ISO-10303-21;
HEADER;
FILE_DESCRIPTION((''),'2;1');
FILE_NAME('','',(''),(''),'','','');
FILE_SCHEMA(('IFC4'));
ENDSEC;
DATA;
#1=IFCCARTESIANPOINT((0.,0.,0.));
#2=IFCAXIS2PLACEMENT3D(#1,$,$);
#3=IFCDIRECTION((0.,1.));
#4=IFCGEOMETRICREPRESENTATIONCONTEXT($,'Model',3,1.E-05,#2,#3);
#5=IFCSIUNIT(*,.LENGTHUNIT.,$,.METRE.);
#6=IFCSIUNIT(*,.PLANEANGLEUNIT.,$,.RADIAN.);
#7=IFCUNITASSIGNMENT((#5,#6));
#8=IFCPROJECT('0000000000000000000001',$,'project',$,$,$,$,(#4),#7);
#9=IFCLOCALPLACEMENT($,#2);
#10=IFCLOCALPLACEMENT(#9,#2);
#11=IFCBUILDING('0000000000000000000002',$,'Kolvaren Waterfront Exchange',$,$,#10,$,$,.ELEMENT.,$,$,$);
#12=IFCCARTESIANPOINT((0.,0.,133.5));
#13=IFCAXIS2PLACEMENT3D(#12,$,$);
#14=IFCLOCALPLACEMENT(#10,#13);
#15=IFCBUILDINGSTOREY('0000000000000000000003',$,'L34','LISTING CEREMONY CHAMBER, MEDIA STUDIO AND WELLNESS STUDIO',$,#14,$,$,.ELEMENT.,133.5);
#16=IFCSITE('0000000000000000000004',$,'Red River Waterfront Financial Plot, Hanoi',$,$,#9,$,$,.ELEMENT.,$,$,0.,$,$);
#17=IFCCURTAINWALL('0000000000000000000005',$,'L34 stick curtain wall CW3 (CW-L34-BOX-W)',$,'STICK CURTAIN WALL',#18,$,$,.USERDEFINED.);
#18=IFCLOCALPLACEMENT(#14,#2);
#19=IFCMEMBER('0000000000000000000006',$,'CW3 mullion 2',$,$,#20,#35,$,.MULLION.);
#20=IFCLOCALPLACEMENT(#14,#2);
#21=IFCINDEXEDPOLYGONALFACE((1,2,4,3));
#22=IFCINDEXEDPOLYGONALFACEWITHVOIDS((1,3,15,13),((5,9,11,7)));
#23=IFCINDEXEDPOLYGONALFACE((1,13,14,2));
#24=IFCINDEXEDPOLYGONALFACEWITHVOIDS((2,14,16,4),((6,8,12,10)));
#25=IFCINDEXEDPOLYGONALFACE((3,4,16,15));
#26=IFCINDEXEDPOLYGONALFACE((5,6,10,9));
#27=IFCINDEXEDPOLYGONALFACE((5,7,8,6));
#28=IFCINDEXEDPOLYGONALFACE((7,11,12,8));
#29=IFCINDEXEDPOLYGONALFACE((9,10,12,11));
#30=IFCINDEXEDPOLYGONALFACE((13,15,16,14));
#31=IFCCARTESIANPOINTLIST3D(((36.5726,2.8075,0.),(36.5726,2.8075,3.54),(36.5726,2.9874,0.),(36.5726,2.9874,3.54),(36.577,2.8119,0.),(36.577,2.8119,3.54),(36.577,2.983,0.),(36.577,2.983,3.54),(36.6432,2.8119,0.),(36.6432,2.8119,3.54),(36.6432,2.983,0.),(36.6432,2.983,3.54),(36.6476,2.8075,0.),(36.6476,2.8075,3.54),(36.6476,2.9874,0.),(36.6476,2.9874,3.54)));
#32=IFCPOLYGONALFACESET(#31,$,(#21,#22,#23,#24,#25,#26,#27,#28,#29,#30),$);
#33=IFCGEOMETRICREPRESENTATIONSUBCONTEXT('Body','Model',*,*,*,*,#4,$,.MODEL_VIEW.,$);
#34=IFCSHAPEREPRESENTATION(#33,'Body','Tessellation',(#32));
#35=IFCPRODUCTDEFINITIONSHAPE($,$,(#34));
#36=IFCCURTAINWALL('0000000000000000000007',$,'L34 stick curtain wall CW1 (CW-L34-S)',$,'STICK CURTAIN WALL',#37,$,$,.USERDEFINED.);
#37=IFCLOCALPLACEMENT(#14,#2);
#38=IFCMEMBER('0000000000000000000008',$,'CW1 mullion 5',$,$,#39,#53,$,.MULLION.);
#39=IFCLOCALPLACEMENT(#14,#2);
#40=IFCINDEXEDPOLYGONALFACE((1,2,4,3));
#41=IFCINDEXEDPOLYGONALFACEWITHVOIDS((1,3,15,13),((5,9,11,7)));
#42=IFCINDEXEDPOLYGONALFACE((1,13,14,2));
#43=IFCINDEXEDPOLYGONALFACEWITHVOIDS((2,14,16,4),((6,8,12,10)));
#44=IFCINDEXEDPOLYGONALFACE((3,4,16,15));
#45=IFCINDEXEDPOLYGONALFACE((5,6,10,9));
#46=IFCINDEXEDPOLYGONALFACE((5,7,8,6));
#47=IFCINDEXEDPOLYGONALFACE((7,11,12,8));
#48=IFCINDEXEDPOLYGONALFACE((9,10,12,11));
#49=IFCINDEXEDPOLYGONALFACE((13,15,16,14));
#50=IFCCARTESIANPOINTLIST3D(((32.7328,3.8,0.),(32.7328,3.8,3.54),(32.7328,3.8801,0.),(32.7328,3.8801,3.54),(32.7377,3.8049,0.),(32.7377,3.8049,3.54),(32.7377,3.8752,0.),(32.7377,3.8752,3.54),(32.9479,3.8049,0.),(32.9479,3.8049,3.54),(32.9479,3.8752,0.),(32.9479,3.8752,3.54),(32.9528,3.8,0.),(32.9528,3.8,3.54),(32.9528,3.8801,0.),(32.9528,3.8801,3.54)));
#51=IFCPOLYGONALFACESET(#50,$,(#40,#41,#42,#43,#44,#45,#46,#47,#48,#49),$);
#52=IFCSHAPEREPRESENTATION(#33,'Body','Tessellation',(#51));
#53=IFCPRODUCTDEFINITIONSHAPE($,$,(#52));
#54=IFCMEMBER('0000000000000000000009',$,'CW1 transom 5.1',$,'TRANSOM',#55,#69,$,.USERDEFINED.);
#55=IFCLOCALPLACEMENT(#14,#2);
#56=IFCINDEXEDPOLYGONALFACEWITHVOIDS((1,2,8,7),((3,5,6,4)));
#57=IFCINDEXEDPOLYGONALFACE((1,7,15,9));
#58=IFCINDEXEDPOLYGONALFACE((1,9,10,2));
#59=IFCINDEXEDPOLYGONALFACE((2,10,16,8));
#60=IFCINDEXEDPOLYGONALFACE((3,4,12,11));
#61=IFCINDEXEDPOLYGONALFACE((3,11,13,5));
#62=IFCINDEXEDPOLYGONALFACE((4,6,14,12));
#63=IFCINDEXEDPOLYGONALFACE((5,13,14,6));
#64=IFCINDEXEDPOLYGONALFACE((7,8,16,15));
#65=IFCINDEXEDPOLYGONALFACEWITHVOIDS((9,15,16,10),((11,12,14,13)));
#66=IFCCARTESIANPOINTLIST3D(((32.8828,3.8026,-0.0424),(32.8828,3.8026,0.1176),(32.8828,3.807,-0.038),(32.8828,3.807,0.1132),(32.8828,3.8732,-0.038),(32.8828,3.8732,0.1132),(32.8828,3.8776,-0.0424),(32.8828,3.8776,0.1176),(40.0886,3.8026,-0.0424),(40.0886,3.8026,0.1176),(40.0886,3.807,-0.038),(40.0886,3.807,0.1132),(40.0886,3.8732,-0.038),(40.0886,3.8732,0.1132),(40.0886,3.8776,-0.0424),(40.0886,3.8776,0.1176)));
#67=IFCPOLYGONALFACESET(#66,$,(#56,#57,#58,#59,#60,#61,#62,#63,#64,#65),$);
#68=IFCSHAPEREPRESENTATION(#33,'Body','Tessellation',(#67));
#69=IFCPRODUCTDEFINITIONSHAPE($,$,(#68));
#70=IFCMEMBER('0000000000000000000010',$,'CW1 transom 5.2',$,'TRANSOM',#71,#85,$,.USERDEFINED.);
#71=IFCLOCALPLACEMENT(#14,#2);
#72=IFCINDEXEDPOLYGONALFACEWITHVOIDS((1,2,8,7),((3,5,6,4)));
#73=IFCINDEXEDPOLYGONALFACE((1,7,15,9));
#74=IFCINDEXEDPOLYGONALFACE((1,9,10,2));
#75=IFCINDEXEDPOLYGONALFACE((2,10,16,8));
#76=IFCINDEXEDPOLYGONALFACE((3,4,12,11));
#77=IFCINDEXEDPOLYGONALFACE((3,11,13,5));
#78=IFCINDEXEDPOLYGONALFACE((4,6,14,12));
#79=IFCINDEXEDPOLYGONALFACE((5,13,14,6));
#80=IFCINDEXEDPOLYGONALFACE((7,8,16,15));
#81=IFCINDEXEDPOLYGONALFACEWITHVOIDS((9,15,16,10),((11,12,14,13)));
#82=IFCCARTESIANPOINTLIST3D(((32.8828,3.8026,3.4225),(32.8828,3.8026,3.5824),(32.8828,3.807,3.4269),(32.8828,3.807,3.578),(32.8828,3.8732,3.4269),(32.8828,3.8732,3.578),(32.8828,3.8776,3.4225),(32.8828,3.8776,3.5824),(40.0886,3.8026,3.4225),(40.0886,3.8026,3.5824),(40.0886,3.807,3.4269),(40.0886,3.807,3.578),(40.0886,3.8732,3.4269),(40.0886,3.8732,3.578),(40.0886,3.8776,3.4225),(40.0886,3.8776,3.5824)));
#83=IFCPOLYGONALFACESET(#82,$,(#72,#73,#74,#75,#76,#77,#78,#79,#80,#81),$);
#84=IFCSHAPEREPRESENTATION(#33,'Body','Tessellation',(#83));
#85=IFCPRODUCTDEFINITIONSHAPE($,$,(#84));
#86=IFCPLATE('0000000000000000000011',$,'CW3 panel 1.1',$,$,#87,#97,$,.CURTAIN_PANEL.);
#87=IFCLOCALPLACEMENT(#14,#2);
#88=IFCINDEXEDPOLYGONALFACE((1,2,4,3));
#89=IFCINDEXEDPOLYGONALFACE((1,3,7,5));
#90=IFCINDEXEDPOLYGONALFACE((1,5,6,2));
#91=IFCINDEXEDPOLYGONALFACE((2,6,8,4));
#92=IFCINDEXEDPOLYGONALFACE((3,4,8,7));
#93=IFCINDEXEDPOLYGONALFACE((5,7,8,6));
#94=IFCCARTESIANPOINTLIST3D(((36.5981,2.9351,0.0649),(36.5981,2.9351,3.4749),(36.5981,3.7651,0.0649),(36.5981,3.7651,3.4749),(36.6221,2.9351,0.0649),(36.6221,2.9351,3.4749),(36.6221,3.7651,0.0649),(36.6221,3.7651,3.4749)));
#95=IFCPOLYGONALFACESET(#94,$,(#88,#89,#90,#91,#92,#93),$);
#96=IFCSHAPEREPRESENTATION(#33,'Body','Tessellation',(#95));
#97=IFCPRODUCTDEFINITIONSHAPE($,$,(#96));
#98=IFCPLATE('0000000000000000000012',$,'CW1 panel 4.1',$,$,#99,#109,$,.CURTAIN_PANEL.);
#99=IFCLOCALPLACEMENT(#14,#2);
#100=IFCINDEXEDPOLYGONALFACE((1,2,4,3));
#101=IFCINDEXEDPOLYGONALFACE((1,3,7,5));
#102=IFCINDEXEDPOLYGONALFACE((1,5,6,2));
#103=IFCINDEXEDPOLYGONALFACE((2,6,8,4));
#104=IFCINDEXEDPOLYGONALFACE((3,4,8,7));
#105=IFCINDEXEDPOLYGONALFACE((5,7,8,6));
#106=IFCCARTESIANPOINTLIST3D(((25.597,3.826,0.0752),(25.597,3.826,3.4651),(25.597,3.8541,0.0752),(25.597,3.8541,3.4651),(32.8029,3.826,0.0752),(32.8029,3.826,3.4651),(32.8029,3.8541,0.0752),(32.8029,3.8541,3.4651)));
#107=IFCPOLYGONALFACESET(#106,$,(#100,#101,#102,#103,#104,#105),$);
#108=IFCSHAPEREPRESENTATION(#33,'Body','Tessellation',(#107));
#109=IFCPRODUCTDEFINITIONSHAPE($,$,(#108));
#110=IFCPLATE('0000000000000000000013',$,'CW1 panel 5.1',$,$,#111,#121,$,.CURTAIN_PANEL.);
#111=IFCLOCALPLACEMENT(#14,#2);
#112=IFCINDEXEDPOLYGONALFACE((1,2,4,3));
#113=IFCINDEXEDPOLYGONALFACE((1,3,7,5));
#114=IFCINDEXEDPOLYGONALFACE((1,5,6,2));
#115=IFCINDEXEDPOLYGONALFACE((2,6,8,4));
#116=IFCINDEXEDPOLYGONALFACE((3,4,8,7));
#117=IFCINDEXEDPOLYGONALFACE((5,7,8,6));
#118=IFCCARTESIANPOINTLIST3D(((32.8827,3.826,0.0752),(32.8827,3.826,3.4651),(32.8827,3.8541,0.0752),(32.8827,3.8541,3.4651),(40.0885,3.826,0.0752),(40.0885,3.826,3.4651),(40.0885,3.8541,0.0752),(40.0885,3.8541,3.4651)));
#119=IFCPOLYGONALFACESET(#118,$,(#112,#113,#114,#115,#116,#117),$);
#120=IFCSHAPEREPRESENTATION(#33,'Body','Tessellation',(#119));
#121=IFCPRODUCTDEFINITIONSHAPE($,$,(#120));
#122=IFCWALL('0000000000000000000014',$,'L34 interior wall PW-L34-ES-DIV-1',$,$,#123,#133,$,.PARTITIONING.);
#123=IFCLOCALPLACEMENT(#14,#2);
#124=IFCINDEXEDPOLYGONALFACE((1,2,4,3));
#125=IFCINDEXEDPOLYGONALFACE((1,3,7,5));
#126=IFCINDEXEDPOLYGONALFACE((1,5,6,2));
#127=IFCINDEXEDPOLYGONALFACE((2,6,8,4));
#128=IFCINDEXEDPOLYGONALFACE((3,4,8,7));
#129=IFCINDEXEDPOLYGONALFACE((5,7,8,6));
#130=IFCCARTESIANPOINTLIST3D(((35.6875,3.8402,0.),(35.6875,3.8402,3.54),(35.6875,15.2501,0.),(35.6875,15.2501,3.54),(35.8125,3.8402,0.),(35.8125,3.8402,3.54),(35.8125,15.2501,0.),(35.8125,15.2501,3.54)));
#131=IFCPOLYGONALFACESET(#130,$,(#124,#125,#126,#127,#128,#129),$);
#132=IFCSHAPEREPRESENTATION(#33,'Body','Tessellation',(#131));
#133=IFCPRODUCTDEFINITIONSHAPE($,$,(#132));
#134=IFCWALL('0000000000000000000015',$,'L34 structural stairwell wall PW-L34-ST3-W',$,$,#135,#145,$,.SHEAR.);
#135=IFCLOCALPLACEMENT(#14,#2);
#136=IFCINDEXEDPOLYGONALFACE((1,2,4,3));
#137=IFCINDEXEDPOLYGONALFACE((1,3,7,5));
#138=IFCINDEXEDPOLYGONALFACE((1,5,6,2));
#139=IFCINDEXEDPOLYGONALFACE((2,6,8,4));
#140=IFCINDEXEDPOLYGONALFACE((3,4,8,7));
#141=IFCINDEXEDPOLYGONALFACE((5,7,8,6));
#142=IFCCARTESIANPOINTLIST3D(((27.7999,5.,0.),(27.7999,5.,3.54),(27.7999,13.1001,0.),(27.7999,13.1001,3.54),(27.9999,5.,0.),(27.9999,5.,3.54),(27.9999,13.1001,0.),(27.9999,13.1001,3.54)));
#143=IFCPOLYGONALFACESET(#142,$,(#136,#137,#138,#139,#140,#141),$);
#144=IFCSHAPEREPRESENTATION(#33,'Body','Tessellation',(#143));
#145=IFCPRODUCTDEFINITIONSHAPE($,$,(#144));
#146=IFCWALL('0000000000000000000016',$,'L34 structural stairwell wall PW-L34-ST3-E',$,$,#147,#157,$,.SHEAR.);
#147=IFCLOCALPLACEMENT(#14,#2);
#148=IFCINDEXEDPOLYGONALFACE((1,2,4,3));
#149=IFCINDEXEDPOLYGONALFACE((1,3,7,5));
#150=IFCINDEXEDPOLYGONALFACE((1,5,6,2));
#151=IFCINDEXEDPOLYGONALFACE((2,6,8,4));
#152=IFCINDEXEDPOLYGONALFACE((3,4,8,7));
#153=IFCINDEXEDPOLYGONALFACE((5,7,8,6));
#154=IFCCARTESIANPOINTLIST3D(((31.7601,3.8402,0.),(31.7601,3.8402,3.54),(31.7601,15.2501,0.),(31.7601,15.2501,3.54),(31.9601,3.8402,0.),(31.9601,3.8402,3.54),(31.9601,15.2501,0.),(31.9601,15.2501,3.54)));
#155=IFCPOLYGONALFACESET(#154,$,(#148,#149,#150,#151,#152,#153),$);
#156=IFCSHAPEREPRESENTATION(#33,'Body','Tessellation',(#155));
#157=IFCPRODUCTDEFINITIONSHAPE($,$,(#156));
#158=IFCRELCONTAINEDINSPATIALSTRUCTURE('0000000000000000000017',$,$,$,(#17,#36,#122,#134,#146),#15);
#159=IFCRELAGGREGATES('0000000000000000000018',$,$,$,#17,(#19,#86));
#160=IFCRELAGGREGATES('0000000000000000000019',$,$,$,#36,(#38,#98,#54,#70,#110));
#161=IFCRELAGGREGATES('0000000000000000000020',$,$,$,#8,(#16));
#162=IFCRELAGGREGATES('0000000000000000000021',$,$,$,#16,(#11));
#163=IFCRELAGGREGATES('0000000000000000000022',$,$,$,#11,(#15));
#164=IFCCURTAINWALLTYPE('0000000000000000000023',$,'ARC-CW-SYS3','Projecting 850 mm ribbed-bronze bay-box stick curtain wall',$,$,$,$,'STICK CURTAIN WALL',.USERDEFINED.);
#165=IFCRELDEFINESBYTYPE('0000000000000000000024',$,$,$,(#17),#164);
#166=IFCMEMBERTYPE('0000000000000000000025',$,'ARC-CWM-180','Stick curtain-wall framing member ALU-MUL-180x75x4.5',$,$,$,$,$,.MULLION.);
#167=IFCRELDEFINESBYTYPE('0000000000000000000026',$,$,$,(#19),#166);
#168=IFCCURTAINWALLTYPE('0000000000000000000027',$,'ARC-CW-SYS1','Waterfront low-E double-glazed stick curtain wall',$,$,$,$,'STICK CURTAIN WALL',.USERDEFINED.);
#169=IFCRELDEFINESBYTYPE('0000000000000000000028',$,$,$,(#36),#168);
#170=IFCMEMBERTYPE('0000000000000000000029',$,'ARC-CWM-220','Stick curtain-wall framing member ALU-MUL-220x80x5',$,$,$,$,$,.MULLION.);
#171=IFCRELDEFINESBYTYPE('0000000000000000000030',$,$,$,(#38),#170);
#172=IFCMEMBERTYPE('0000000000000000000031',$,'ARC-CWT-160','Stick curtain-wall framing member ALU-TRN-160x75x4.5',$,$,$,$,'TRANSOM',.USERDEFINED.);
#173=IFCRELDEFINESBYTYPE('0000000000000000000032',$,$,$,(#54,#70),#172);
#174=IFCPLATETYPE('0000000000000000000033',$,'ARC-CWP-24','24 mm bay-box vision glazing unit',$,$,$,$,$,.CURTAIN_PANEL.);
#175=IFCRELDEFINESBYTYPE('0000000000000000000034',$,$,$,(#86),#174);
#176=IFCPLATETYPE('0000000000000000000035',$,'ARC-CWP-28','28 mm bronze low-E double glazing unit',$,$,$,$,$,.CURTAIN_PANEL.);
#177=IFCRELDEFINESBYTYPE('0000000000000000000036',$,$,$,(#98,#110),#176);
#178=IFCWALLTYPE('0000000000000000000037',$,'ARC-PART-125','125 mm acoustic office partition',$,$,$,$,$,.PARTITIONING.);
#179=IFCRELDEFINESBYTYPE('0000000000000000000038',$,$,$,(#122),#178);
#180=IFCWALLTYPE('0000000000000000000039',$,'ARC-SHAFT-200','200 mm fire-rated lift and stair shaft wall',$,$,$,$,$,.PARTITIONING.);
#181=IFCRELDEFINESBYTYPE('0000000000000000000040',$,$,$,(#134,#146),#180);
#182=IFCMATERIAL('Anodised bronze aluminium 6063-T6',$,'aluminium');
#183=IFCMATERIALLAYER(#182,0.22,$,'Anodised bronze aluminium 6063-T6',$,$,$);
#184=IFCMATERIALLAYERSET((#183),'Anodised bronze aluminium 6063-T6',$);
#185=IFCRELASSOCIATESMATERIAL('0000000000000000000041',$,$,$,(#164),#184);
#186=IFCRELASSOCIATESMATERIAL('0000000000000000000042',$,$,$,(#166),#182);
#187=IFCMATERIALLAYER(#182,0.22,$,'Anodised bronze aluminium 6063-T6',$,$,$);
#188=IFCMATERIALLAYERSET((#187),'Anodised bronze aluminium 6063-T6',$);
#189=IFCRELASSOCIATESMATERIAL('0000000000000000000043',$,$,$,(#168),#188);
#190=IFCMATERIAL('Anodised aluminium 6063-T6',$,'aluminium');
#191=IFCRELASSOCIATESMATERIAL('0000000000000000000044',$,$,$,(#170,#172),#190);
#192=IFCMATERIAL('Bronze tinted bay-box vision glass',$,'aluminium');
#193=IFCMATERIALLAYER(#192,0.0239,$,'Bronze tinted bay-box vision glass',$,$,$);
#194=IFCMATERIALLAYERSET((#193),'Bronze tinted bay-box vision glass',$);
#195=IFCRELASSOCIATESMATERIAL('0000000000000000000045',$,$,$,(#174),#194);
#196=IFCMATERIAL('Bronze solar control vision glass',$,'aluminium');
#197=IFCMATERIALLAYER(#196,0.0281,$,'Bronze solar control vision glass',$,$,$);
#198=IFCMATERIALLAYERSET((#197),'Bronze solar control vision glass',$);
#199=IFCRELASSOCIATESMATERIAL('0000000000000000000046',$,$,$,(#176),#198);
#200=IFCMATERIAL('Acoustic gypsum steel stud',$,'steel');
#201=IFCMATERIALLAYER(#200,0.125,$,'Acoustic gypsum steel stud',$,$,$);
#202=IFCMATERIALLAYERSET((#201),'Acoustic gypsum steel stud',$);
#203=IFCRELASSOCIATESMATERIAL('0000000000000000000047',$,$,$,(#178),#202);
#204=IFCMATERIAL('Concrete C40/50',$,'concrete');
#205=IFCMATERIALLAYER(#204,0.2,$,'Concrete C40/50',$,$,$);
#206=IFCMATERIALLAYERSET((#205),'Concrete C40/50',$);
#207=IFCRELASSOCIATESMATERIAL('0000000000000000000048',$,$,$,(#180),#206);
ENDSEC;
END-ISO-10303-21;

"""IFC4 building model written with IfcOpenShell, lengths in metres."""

from ifc_helpers import new_model, si_unit, direction, frame, frame_2d, origin, origin_with_axes, origin_2d, place, context, subcontext, project, spatial, rectangle, hollow_rectangle, extrude, source, transform, mapped, material, layer, layer_set, material_profile, profile_set, type_object, element, aggregate, save


model = new_model("IFC4")

# Units and contexts
model_context = context("Model", 3, precision=1e-05, world=origin(), true_north=direction((0.0, 1.0)))
body_context = subcontext(model_context, "Body", "Model", "MODEL_VIEW")
ifc_project = project(units=[si_unit("LENGTHUNIT", "METRE"), si_unit("PLANEANGLEUNIT", "RADIAN")], contexts=[model_context])

# Site, building, storey
site_placement = place(None, origin())
site = spatial("IfcSite", under=ifc_project, at=site_placement, Name="Red River Waterfront Financial Plot, Hanoi", CompositionType="ELEMENT", RefElevation=0.0)
building_placement = place(site_placement, origin())
building = spatial("IfcBuilding", under=site, at=building_placement, Name="Kolvaren Waterfront Exchange", CompositionType="ELEMENT")
storey_placement = place(building_placement, frame((0.0, 0.0, 133.5)))
storey = spatial("IfcBuildingStorey", under=building, at=storey_placement, Name="L34", Description="LISTING CEREMONY CHAMBER, MEDIA STUDIO AND WELLNESS STUDIO", CompositionType="ELEMENT", Elevation=133.5)

# Curtain wall, member
ifc_material_1 = material(Name="Anodised bronze aluminium 6063-T6", Category="aluminium")
ifc_layer_1 = layer(ifc_material_1, 0.22, Name="Anodised bronze aluminium 6063-T6")
ifc_layer_set_1 = layer_set([ifc_layer_1], Name="Anodised bronze aluminium 6063-T6")
curtain_wall_type_1 = type_object("IfcCurtainWallType", Name="ARC-CW-SYS3", Description="Projecting 850 mm ribbed-bronze bay-box stick curtain wall", ElementType="STICK CURTAIN WALL", PredefinedType="USERDEFINED", material=ifc_layer_set_1)
curtain_wall_1_placement = place(storey_placement, origin())
curtain_wall_1 = element("IfcCurtainWall", 1, at=curtain_wall_1_placement, inside=storey, type_object=curtain_wall_type_1, Name="L34 stick curtain wall CW3 (CW-L34-BOX-W)", ObjectType="STICK CURTAIN WALL", PredefinedType="USERDEFINED")
ifc_material_profile_1 = material_profile(ifc_material_1, hollow_rectangle(XDim=0.075, YDim=0.1799, WallThickness=0.0044, at=origin_2d()), Name="ALU-MUL-180x75x4.5")
ifc_profile_set_1 = profile_set([ifc_material_profile_1], Name="Anodised bronze aluminium 6063-T6")
member_type_1 = type_object("IfcMemberType", Name="ARC-CWM-180", Description="Stick curtain-wall framing member ALU-MUL-180x75x4.5", PredefinedType="MULLION", material=ifc_profile_set_1)
shared_shape_1 = source(origin_with_axes(), body_context, "Body", "SweptSolid", [
    extrude(hollow_rectangle(XDim=0.075, YDim=0.1799, WallThickness=0.0044, at=origin_2d()), origin(), (0.0, 0.0, 1.0), 3.54),
])
member_1_placement = place(storey_placement, frame((36.6101, 2.8975, 0.0), z_axis=(0.0, 0.0, 1.0), x_axis=(1.0, 0.0, 0.0)))
member_1 = element("IfcMember", 2, at=member_1_placement, type_object=member_type_1, Name="CW3 mullion 2", PredefinedType="MULLION", context=body_context, shape_type="MappedRepresentation", body=[
    mapped(shared_shape_1, transform((0.0, 0.0, 0.0), x_axis=(1.0, 0.0, 0.0), y_axis=(0.0, 1.0, 0.0), z_axis=(0.0, 0.0, 1.0), scale=1.0)),
])

# Curtain wall, members
ifc_layer_2 = layer(ifc_material_1, 0.22, Name="Anodised bronze aluminium 6063-T6")
ifc_layer_set_2 = layer_set([ifc_layer_2], Name="Anodised bronze aluminium 6063-T6")
curtain_wall_type_2 = type_object("IfcCurtainWallType", Name="ARC-CW-SYS1", Description="Waterfront low-E double-glazed stick curtain wall", ElementType="STICK CURTAIN WALL", PredefinedType="USERDEFINED", material=ifc_layer_set_2)
curtain_wall_2_placement = place(storey_placement, origin())
curtain_wall_2 = element("IfcCurtainWall", 3, at=curtain_wall_2_placement, inside=storey, type_object=curtain_wall_type_2, Name="L34 stick curtain wall CW1 (CW-L34-S)", ObjectType="STICK CURTAIN WALL", PredefinedType="USERDEFINED")
ifc_material_2 = material(Name="Anodised aluminium 6063-T6", Category="aluminium")
ifc_material_profile_2 = material_profile(ifc_material_2, hollow_rectangle(XDim=0.0801, YDim=0.22, WallThickness=0.0049, at=origin_2d()), Name="ALU-MUL-220x80x5")
ifc_profile_set_2 = profile_set([ifc_material_profile_2], Name="Anodised aluminium 6063-T6")
member_type_2 = type_object("IfcMemberType", Name="ARC-CWM-220", Description="Stick curtain-wall framing member ALU-MUL-220x80x5", PredefinedType="MULLION", material=ifc_profile_set_2)
shared_shape_2 = source(origin_with_axes(), body_context, "Body", "SweptSolid", [
    extrude(hollow_rectangle(XDim=0.0801, YDim=0.22, WallThickness=0.0049, at=origin_2d()), origin(), (0.0, 0.0, 1.0), 3.54),
])
member_2_placement = place(storey_placement, frame((32.8428, 3.8401, 0.0), z_axis=(0.0, 0.0, 1.0), x_axis=(0.0, 1.0, 0.0)))
member_2 = element("IfcMember", 4, at=member_2_placement, type_object=member_type_2, Name="CW1 mullion 5", PredefinedType="MULLION", context=body_context, shape_type="MappedRepresentation", body=[
    mapped(shared_shape_2, transform((0.0, 0.0, 0.0), x_axis=(1.0, 0.0, 0.0), y_axis=(0.0, 1.0, 0.0), z_axis=(0.0, 0.0, 1.0), scale=1.0)),
])
ifc_material_profile_3 = material_profile(ifc_material_2, hollow_rectangle(XDim=0.075, YDim=0.1599, WallThickness=0.0044, at=origin_2d()), Name="ALU-TRN-160x75x4.5")
ifc_profile_set_3 = profile_set([ifc_material_profile_3], Name="Anodised aluminium 6063-T6")
member_type_3 = type_object("IfcMemberType", Name="ARC-CWT-160", Description="Stick curtain-wall framing member ALU-TRN-160x75x4.5", ElementType="TRANSOM", PredefinedType="USERDEFINED", material=ifc_profile_set_3)
shared_shape_3 = source(origin_with_axes(), body_context, "Body", "SweptSolid", [
    extrude(hollow_rectangle(XDim=0.075, YDim=0.1599, WallThickness=0.0044, at=origin_2d()), origin(), (0.0, 0.0, 1.0), 7.2058),
])
member_3_placement = place(storey_placement, frame((32.8828, 3.8401, 0.0376), z_axis=(1.0, 0.0, 0.0), x_axis=(0.0, 1.0, 0.0)))
member_3 = element("IfcMember", 5, at=member_3_placement, type_object=member_type_3, Name="CW1 transom 5.1", ObjectType="TRANSOM", PredefinedType="USERDEFINED", context=body_context, shape_type="MappedRepresentation", body=[
    mapped(shared_shape_3, transform((0.0, 0.0, 0.0), x_axis=(1.0, 0.0, 0.0), y_axis=(0.0, 1.0, 0.0), z_axis=(0.0, 0.0, 1.0), scale=1.0)),
])
member_4_placement = place(storey_placement, frame((32.8828, 3.8401, 3.5024), z_axis=(1.0, 0.0, 0.0), x_axis=(0.0, 1.0, 0.0)))
member_4 = element("IfcMember", 6, at=member_4_placement, type_object=member_type_3, Name="CW1 transom 5.2", ObjectType="TRANSOM", PredefinedType="USERDEFINED", context=body_context, shape_type="MappedRepresentation", body=[
    mapped(shared_shape_3, transform((0.0, 0.0, 0.0), x_axis=(1.0, 0.0, 0.0), y_axis=(0.0, 1.0, 0.0), z_axis=(0.0, 0.0, 1.0), scale=1.0)),
])

# Plates
ifc_material_3 = material(Name="Bronze tinted bay-box vision glass", Category="aluminium")
ifc_layer_3 = layer(ifc_material_3, 0.0239, Name="Bronze tinted bay-box vision glass")
ifc_layer_set_3 = layer_set([ifc_layer_3], Name="Bronze tinted bay-box vision glass")
plate_type_1 = type_object("IfcPlateType", Name="ARC-CWP-24", Description="24 mm bay-box vision glazing unit", PredefinedType="CURTAIN_PANEL", material=ifc_layer_set_3)
shared_shape_4 = source(origin_with_axes(), body_context, "Body", "SweptSolid", [
    extrude(rectangle(XDim=0.8301, YDim=0.0239, at=origin_2d()), origin(), (0.0, 0.0, 1.0), 3.4099),
])
plate_1_placement = place(storey_placement, frame((36.6101, 3.3501, 0.0649), z_axis=(0.0, 0.0, 1.0), x_axis=(0.0, -1.0, 0.0)))
plate_1 = element("IfcPlate", 7, at=plate_1_placement, type_object=plate_type_1, Name="CW3 panel 1.1", PredefinedType="CURTAIN_PANEL", context=body_context, shape_type="MappedRepresentation", body=[
    mapped(shared_shape_4, transform((0.0, 0.0, 0.0), x_axis=(1.0, 0.0, 0.0), y_axis=(0.0, 1.0, 0.0), z_axis=(0.0, 0.0, 1.0), scale=1.0)),
])
aggregate(curtain_wall_1, [member_1, plate_1])
ifc_material_4 = material(Name="Bronze solar control vision glass", Category="aluminium")
ifc_layer_4 = layer(ifc_material_4, 0.0281, Name="Bronze solar control vision glass")
ifc_layer_set_4 = layer_set([ifc_layer_4], Name="Bronze solar control vision glass")
plate_type_2 = type_object("IfcPlateType", Name="ARC-CWP-28", Description="28 mm bronze low-E double glazing unit", PredefinedType="CURTAIN_PANEL", material=ifc_layer_set_4)
shared_shape_5 = source(origin_with_axes(), body_context, "Body", "SweptSolid", [
    extrude(rectangle(XDim=7.2058, YDim=0.0281, at=origin_2d()), origin(), (0.0, 0.0, 1.0), 3.3899),
])
plate_2_placement = place(storey_placement, frame((29.2, 3.8401, 0.0752), z_axis=(0.0, 0.0, 1.0), x_axis=(1.0, 0.0, 0.0)))
plate_2 = element("IfcPlate", 8, at=plate_2_placement, type_object=plate_type_2, Name="CW1 panel 4.1", PredefinedType="CURTAIN_PANEL", context=body_context, shape_type="MappedRepresentation", body=[
    mapped(shared_shape_5, transform((0.0, 0.0, 0.0), x_axis=(1.0, 0.0, 0.0), y_axis=(0.0, 1.0, 0.0), z_axis=(0.0, 0.0, 1.0), scale=1.0)),
])
plate_3_placement = place(storey_placement, frame((36.4856, 3.8401, 0.0752), z_axis=(0.0, 0.0, 1.0), x_axis=(1.0, 0.0, 0.0)))
plate_3 = element("IfcPlate", 9, at=plate_3_placement, type_object=plate_type_2, Name="CW1 panel 5.1", PredefinedType="CURTAIN_PANEL", context=body_context, shape_type="MappedRepresentation", body=[
    mapped(shared_shape_5, transform((0.0, 0.0, 0.0), x_axis=(1.0, 0.0, 0.0), y_axis=(0.0, 1.0, 0.0), z_axis=(0.0, 0.0, 1.0), scale=1.0)),
])
aggregate(curtain_wall_2, [member_2, plate_2, member_3, member_4, plate_3])

# Walls
ifc_material_5 = material(Name="Acoustic gypsum steel stud", Category="steel")
ifc_layer_5 = layer(ifc_material_5, 0.125, Name="Acoustic gypsum steel stud")
ifc_layer_set_5 = layer_set([ifc_layer_5], Name="Acoustic gypsum steel stud")
wall_type_1 = type_object("IfcWallType", Name="ARC-PART-125", Description="125 mm acoustic office partition", PredefinedType="PARTITIONING", material=ifc_layer_set_5)
wall_1_placement = place(storey_placement, frame((35.75, 3.8401, 0.0), z_axis=(0.0, 0.0, 1.0), x_axis=(0.0, 1.0, 0.0)))
element("IfcWall", 10, at=wall_1_placement, inside=storey, type_object=wall_type_1, Name="L34 interior wall PW-L34-ES-DIV-1", PredefinedType="PARTITIONING", context=body_context, shape_type="SweptSolid", body=[
    extrude(rectangle(XDim=11.4099, YDim=0.125, at=frame_2d((5.7051, 0.0))), origin(), (0.0, 0.0, 1.0), 3.54),
])
ifc_material_6 = material(Name="Concrete C40/50", Category="concrete")
ifc_layer_6 = layer(ifc_material_6, 0.2, Name="Concrete C40/50")
ifc_layer_set_6 = layer_set([ifc_layer_6], Name="Concrete C40/50")
wall_type_2 = type_object("IfcWallType", Name="ARC-SHAFT-200", Description="200 mm fire-rated lift and stair shaft wall", PredefinedType="PARTITIONING", material=ifc_layer_set_6)
wall_2_placement = place(storey_placement, frame((27.8999, 5.0, 0.0), z_axis=(0.0, 0.0, 1.0), x_axis=(0.0, 1.0, 0.0)))
element("IfcWall", 11, at=wall_2_placement, inside=storey, type_object=wall_type_2, Name="L34 structural stairwell wall PW-L34-ST3-W", PredefinedType="SHEAR", context=body_context, shape_type="SweptSolid", body=[
    extrude(rectangle(XDim=8.1001, YDim=0.2, at=frame_2d((4.05, 0.0))), origin(), (0.0, 0.0, 1.0), 3.54),
])
wall_3_placement = place(storey_placement, frame((31.8601, 3.8401, 0.0), z_axis=(0.0, 0.0, 1.0), x_axis=(0.0, 1.0, 0.0)))
element("IfcWall", 12, at=wall_3_placement, inside=storey, type_object=wall_type_2, Name="L34 structural stairwell wall PW-L34-ST3-E", PredefinedType="SHEAR", context=body_context, shape_type="SweptSolid", body=[
    extrude(rectangle(XDim=11.4099, YDim=0.2, at=frame_2d((5.7051, 0.0))), origin(), (0.0, 0.0, 1.0), 3.54),
])

save(model, "model.ifc")
